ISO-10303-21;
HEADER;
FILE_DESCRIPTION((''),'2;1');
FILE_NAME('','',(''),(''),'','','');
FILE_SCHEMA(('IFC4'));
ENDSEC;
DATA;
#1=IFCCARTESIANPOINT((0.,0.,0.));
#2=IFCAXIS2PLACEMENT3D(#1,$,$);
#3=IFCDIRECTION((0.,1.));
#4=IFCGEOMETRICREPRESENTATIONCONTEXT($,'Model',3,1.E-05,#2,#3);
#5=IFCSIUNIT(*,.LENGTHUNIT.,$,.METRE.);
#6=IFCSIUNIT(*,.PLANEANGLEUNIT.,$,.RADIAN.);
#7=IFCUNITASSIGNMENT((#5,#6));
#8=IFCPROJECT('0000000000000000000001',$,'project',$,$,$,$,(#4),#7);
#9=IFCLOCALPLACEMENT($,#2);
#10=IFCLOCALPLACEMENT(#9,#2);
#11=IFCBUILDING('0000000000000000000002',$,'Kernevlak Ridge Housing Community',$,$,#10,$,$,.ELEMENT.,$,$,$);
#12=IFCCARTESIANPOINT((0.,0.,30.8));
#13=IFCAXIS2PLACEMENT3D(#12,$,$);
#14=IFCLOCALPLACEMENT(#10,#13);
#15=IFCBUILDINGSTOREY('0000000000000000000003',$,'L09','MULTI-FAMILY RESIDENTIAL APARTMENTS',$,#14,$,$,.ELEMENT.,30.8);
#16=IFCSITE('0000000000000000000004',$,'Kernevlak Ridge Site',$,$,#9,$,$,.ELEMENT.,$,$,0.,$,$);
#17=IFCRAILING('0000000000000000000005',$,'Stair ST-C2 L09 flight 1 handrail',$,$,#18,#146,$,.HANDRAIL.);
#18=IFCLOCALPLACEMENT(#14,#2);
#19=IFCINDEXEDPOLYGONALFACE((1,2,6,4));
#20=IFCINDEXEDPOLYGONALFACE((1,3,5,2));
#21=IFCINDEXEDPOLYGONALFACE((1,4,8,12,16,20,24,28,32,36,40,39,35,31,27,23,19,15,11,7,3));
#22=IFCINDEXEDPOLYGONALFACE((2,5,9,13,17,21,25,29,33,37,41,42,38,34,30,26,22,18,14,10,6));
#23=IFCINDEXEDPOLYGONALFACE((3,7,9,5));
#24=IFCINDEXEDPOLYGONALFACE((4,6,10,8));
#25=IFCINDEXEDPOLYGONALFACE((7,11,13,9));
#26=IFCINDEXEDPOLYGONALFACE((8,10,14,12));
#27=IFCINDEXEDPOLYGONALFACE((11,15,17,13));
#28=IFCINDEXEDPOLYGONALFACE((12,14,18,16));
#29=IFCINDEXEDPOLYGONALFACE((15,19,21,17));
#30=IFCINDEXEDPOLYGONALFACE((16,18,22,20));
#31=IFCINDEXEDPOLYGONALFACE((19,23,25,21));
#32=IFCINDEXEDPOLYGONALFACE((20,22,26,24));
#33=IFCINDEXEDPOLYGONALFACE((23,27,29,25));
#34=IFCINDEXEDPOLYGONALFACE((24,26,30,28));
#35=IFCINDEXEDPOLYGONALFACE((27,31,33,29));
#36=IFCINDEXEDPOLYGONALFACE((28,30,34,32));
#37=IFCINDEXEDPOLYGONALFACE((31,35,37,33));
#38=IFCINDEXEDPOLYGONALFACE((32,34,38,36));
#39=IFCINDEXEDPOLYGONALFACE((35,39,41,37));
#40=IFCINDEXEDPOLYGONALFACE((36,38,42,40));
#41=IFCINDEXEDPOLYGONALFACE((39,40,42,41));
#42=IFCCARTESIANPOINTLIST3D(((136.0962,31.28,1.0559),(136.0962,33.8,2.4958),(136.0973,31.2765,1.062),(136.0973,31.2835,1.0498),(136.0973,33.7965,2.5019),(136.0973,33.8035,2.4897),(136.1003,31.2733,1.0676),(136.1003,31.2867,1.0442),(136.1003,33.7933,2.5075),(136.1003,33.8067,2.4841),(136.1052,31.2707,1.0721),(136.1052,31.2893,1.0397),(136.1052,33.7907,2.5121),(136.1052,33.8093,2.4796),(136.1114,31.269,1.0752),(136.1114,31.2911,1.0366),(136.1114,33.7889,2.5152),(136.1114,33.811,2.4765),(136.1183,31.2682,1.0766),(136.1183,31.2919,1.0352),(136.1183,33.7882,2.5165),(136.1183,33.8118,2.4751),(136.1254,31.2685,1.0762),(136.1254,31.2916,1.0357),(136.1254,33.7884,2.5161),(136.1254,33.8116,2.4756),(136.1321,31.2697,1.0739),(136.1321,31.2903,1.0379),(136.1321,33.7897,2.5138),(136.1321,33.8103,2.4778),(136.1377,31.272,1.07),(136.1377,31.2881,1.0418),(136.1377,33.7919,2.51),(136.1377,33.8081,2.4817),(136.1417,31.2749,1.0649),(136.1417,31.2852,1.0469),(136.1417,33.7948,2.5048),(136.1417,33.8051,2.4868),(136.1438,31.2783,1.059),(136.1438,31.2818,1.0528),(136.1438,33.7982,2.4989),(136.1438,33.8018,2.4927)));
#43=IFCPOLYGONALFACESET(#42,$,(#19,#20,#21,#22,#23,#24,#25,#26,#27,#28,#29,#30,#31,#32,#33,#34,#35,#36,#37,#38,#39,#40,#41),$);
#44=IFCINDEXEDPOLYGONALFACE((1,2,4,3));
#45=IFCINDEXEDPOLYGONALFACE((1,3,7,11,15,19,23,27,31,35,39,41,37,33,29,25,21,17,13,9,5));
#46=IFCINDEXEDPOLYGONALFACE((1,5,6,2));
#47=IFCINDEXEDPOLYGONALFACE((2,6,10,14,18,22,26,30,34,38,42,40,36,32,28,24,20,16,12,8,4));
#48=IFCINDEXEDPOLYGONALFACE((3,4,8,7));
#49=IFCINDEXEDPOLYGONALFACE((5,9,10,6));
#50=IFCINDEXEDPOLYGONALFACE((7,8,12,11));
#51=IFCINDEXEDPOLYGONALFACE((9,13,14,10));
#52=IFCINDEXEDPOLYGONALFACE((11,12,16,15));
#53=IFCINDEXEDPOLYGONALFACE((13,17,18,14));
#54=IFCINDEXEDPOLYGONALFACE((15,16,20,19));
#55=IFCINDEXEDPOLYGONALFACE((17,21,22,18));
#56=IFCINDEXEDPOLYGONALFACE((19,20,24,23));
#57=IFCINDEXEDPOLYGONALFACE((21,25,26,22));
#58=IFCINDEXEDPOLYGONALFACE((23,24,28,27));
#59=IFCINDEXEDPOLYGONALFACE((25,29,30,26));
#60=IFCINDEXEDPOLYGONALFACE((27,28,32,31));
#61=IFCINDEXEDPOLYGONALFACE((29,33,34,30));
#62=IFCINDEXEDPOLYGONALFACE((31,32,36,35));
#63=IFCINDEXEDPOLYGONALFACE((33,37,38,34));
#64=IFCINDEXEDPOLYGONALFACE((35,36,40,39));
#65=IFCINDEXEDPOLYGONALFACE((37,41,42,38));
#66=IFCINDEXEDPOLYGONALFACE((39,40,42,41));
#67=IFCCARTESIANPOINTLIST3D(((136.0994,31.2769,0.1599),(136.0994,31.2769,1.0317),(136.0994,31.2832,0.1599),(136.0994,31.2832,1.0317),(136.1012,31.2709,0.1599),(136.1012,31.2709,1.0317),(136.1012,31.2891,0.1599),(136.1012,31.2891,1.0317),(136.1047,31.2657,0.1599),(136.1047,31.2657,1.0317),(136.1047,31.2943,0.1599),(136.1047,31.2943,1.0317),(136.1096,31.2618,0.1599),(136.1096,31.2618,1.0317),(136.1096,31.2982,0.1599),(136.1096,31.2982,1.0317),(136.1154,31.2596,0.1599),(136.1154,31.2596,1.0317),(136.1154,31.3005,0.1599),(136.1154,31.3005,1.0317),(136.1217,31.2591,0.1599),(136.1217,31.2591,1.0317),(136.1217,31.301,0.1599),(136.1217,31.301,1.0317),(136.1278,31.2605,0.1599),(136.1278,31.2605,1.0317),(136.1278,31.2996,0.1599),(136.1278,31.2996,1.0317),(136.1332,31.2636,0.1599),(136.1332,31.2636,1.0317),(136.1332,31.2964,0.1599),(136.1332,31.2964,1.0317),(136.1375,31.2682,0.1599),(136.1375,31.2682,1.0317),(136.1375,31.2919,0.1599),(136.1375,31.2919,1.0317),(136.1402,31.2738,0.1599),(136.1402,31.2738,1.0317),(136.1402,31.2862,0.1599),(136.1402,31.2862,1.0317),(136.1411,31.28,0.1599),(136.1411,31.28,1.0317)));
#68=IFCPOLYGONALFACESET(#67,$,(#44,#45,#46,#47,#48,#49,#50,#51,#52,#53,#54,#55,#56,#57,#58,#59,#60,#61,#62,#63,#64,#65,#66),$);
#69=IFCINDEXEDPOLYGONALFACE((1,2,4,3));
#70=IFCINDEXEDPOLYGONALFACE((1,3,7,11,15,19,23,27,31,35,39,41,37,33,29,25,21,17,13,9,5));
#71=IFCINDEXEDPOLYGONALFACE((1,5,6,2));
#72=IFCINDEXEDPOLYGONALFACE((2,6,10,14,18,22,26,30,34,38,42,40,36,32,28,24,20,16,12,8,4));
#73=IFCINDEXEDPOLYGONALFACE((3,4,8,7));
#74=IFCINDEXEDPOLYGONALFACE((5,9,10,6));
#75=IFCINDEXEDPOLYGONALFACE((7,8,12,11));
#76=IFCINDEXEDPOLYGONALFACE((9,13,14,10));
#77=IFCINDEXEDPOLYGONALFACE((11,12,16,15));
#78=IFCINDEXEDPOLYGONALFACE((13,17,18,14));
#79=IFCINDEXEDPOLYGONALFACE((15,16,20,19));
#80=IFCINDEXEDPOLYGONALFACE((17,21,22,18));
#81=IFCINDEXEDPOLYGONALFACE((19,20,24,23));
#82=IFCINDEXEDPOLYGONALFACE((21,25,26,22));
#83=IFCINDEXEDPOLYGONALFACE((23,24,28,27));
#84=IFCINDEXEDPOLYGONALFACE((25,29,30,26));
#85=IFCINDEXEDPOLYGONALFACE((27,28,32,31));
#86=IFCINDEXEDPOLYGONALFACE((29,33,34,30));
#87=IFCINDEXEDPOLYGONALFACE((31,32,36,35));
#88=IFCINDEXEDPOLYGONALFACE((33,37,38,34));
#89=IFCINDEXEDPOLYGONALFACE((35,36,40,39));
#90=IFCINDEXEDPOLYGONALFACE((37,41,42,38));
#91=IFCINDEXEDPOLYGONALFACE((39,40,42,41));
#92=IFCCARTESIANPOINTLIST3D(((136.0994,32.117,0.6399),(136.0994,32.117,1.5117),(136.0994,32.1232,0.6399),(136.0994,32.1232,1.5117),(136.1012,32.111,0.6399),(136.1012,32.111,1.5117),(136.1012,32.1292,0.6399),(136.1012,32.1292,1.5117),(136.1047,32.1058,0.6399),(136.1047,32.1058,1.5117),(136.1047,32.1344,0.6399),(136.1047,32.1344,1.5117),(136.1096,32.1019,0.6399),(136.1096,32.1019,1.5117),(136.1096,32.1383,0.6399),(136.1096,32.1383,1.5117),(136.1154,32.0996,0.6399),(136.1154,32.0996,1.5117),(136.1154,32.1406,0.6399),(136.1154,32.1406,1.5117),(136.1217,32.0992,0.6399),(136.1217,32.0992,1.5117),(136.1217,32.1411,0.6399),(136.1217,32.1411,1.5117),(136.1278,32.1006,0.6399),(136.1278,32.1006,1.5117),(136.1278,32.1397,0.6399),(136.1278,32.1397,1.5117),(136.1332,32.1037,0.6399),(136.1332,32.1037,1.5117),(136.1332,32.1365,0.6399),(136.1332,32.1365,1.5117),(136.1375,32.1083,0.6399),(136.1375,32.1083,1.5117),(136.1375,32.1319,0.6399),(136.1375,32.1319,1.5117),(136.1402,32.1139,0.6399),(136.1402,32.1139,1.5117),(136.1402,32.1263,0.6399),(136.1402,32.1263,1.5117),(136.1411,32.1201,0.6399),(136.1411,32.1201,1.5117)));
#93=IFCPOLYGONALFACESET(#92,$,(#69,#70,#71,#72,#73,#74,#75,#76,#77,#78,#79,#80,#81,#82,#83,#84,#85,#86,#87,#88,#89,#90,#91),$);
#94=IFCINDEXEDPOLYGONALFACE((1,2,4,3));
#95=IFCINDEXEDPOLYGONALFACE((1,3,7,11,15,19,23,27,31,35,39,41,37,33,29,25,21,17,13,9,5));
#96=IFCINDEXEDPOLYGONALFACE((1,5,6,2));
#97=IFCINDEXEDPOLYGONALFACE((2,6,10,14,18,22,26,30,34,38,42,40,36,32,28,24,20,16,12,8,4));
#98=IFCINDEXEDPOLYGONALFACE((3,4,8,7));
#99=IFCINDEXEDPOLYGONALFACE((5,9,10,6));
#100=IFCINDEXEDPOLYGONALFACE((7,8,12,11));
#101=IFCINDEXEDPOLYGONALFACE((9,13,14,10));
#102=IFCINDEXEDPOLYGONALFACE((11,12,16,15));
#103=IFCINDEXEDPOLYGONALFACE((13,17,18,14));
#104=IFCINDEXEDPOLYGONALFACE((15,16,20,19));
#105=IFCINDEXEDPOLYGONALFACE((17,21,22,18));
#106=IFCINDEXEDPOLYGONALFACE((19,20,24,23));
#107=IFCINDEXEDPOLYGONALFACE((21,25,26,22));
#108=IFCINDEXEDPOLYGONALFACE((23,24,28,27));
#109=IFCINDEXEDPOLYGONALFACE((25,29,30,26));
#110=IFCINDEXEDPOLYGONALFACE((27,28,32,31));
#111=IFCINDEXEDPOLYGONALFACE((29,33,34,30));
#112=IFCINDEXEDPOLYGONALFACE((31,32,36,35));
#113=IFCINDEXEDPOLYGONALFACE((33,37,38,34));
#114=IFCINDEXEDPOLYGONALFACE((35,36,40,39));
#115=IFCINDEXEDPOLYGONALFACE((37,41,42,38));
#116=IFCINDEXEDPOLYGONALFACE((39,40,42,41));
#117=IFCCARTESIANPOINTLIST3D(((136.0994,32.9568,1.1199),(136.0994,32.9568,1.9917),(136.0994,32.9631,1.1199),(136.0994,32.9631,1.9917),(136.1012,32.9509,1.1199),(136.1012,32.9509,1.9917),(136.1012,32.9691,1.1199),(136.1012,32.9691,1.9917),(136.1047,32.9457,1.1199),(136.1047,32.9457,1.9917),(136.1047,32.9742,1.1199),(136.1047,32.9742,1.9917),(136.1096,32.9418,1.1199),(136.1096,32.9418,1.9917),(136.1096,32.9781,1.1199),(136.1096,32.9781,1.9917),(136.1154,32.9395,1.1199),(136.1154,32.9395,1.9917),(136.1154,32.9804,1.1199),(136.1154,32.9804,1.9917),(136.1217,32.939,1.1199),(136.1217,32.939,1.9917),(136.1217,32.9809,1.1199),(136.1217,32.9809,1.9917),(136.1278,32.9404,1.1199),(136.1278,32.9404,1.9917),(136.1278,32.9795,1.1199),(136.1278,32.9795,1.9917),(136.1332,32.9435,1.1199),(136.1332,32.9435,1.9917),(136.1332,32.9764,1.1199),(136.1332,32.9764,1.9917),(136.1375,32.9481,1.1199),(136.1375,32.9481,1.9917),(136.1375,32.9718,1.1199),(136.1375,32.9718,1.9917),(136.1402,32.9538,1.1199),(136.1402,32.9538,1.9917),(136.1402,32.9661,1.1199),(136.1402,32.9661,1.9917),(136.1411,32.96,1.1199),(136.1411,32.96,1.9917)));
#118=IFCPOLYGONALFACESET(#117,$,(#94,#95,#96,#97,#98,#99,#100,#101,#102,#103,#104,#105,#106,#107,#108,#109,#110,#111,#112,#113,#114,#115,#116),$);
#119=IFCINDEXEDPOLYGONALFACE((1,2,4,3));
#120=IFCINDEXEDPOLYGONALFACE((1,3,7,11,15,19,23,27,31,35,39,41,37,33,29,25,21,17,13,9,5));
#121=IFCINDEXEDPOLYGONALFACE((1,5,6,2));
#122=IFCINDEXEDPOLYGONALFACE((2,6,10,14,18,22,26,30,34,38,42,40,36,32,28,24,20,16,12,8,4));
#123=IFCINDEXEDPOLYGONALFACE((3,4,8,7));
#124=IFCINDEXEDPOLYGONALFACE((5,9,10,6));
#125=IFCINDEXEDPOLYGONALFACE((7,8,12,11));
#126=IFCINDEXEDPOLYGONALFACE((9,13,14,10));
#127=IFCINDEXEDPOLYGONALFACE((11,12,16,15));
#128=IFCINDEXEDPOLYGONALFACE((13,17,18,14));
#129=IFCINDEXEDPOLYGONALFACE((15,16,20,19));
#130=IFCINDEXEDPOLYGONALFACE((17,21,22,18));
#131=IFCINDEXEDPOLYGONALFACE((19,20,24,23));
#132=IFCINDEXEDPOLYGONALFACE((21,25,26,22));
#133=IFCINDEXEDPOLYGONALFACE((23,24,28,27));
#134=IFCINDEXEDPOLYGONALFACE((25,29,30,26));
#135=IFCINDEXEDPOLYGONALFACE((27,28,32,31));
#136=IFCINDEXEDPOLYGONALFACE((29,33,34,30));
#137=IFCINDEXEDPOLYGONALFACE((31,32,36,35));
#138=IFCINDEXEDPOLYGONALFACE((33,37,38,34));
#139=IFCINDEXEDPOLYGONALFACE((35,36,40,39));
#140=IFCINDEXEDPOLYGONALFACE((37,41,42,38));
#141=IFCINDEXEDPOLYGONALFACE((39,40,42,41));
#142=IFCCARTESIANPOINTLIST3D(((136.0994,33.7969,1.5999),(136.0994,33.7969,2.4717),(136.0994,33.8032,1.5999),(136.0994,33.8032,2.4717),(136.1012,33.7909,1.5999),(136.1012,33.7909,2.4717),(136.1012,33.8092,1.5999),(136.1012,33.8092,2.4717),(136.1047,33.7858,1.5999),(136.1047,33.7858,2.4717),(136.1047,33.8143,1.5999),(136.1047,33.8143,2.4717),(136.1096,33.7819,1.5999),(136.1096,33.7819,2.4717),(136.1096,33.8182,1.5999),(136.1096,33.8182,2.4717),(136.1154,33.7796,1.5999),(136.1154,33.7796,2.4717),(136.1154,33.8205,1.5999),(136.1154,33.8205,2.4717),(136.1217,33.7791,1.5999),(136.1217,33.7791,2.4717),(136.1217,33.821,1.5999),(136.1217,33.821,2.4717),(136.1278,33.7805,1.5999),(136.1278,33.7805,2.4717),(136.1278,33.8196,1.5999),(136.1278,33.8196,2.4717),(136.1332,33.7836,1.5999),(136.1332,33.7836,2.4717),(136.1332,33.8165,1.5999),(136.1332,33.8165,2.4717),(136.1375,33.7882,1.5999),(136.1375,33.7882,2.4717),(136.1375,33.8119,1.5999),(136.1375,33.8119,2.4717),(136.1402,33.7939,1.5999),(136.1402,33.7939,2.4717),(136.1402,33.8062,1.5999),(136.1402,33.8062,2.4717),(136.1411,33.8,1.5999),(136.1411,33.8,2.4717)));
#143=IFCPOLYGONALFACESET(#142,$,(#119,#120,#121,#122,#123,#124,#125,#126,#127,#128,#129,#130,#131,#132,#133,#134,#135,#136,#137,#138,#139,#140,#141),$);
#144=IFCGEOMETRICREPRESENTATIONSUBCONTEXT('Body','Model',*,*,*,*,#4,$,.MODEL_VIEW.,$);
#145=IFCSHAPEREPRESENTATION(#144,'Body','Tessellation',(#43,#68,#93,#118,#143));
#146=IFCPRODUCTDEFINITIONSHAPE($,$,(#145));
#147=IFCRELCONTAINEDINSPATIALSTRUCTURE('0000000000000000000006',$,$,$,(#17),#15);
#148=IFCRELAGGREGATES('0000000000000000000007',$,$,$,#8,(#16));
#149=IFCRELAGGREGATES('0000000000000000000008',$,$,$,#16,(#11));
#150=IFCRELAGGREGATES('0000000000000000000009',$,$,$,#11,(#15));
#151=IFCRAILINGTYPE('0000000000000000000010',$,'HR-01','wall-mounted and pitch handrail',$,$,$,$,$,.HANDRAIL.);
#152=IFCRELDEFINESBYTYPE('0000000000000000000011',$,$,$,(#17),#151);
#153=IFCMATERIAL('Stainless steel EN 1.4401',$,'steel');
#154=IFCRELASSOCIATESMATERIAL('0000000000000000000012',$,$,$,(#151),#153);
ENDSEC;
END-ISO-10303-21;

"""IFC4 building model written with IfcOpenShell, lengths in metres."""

from ifc_helpers import new_model, si_unit, direction, frame, origin, origin_2d, place, context, subcontext, project, spatial, circle, extrude, material, type_object, element, save


model = new_model("IFC4")

# Units and contexts
model_context = context("Model", 3, precision=1e-05, world=origin(), true_north=direction((0.0, 1.0)))
body_context = subcontext(model_context, "Body", "Model", "MODEL_VIEW")
ifc_project = project(units=[si_unit("LENGTHUNIT", "METRE"), si_unit("PLANEANGLEUNIT", "RADIAN")], contexts=[model_context])

# Site, building, storey
site_placement = place(None, origin())
site = spatial("IfcSite", under=ifc_project, at=site_placement, Name="Kernevlak Ridge Site", CompositionType="ELEMENT", RefElevation=0.0)
building_placement = place(site_placement, origin())
building = spatial("IfcBuilding", under=site, at=building_placement, Name="Kernevlak Ridge Housing Community", CompositionType="ELEMENT")
storey_placement = place(building_placement, frame((0.0, 0.0, 30.8)))
storey = spatial("IfcBuildingStorey", under=building, at=storey_placement, Name="L09", Description="MULTI-FAMILY RESIDENTIAL APARTMENTS", CompositionType="ELEMENT", Elevation=30.8)

# Railing
ifc_material_1 = material(Name="Stainless steel EN 1.4401", Category="steel")
railing_type_1 = type_object("IfcRailingType", Name="HR-01", Description="wall-mounted and pitch handrail", PredefinedType="HANDRAIL", material=ifc_material_1)
railing_1_placement = place(storey_placement, frame((136.1201, 31.28, 0.1599)))
element("IfcRailing", 1, at=railing_1_placement, inside=storey, type_object=railing_type_1, Name="Stair ST-C2 L09 flight 1 handrail", PredefinedType="HANDRAIL", context=body_context, shape_type="SweptSolid", body=[
    extrude(circle(Radius=0.0239, at=origin_2d()), frame((0.0, 0.0, 0.896), z_axis=(0.0, 0.868253, 0.496121), x_axis=(-1.0, 0.0, 0.0)), (0.0, 0.0, 1.0), 2.9023),
    extrude(circle(Radius=0.021, at=origin_2d()), origin(), (0.0, 0.0, 1.0), 0.8718),
    extrude(circle(Radius=0.021, at=origin_2d()), frame((0.0, 0.8401, 0.48)), (0.0, 0.0, 1.0), 0.8718),
    extrude(circle(Radius=0.021, at=origin_2d()), frame((0.0, 1.6799, 0.96)), (0.0, 0.0, 1.0), 0.8718),
    extrude(circle(Radius=0.021, at=origin_2d()), frame((0.0, 2.52, 1.4399)), (0.0, 0.0, 1.0), 0.8718),
])

save(model, "model.ifc")
